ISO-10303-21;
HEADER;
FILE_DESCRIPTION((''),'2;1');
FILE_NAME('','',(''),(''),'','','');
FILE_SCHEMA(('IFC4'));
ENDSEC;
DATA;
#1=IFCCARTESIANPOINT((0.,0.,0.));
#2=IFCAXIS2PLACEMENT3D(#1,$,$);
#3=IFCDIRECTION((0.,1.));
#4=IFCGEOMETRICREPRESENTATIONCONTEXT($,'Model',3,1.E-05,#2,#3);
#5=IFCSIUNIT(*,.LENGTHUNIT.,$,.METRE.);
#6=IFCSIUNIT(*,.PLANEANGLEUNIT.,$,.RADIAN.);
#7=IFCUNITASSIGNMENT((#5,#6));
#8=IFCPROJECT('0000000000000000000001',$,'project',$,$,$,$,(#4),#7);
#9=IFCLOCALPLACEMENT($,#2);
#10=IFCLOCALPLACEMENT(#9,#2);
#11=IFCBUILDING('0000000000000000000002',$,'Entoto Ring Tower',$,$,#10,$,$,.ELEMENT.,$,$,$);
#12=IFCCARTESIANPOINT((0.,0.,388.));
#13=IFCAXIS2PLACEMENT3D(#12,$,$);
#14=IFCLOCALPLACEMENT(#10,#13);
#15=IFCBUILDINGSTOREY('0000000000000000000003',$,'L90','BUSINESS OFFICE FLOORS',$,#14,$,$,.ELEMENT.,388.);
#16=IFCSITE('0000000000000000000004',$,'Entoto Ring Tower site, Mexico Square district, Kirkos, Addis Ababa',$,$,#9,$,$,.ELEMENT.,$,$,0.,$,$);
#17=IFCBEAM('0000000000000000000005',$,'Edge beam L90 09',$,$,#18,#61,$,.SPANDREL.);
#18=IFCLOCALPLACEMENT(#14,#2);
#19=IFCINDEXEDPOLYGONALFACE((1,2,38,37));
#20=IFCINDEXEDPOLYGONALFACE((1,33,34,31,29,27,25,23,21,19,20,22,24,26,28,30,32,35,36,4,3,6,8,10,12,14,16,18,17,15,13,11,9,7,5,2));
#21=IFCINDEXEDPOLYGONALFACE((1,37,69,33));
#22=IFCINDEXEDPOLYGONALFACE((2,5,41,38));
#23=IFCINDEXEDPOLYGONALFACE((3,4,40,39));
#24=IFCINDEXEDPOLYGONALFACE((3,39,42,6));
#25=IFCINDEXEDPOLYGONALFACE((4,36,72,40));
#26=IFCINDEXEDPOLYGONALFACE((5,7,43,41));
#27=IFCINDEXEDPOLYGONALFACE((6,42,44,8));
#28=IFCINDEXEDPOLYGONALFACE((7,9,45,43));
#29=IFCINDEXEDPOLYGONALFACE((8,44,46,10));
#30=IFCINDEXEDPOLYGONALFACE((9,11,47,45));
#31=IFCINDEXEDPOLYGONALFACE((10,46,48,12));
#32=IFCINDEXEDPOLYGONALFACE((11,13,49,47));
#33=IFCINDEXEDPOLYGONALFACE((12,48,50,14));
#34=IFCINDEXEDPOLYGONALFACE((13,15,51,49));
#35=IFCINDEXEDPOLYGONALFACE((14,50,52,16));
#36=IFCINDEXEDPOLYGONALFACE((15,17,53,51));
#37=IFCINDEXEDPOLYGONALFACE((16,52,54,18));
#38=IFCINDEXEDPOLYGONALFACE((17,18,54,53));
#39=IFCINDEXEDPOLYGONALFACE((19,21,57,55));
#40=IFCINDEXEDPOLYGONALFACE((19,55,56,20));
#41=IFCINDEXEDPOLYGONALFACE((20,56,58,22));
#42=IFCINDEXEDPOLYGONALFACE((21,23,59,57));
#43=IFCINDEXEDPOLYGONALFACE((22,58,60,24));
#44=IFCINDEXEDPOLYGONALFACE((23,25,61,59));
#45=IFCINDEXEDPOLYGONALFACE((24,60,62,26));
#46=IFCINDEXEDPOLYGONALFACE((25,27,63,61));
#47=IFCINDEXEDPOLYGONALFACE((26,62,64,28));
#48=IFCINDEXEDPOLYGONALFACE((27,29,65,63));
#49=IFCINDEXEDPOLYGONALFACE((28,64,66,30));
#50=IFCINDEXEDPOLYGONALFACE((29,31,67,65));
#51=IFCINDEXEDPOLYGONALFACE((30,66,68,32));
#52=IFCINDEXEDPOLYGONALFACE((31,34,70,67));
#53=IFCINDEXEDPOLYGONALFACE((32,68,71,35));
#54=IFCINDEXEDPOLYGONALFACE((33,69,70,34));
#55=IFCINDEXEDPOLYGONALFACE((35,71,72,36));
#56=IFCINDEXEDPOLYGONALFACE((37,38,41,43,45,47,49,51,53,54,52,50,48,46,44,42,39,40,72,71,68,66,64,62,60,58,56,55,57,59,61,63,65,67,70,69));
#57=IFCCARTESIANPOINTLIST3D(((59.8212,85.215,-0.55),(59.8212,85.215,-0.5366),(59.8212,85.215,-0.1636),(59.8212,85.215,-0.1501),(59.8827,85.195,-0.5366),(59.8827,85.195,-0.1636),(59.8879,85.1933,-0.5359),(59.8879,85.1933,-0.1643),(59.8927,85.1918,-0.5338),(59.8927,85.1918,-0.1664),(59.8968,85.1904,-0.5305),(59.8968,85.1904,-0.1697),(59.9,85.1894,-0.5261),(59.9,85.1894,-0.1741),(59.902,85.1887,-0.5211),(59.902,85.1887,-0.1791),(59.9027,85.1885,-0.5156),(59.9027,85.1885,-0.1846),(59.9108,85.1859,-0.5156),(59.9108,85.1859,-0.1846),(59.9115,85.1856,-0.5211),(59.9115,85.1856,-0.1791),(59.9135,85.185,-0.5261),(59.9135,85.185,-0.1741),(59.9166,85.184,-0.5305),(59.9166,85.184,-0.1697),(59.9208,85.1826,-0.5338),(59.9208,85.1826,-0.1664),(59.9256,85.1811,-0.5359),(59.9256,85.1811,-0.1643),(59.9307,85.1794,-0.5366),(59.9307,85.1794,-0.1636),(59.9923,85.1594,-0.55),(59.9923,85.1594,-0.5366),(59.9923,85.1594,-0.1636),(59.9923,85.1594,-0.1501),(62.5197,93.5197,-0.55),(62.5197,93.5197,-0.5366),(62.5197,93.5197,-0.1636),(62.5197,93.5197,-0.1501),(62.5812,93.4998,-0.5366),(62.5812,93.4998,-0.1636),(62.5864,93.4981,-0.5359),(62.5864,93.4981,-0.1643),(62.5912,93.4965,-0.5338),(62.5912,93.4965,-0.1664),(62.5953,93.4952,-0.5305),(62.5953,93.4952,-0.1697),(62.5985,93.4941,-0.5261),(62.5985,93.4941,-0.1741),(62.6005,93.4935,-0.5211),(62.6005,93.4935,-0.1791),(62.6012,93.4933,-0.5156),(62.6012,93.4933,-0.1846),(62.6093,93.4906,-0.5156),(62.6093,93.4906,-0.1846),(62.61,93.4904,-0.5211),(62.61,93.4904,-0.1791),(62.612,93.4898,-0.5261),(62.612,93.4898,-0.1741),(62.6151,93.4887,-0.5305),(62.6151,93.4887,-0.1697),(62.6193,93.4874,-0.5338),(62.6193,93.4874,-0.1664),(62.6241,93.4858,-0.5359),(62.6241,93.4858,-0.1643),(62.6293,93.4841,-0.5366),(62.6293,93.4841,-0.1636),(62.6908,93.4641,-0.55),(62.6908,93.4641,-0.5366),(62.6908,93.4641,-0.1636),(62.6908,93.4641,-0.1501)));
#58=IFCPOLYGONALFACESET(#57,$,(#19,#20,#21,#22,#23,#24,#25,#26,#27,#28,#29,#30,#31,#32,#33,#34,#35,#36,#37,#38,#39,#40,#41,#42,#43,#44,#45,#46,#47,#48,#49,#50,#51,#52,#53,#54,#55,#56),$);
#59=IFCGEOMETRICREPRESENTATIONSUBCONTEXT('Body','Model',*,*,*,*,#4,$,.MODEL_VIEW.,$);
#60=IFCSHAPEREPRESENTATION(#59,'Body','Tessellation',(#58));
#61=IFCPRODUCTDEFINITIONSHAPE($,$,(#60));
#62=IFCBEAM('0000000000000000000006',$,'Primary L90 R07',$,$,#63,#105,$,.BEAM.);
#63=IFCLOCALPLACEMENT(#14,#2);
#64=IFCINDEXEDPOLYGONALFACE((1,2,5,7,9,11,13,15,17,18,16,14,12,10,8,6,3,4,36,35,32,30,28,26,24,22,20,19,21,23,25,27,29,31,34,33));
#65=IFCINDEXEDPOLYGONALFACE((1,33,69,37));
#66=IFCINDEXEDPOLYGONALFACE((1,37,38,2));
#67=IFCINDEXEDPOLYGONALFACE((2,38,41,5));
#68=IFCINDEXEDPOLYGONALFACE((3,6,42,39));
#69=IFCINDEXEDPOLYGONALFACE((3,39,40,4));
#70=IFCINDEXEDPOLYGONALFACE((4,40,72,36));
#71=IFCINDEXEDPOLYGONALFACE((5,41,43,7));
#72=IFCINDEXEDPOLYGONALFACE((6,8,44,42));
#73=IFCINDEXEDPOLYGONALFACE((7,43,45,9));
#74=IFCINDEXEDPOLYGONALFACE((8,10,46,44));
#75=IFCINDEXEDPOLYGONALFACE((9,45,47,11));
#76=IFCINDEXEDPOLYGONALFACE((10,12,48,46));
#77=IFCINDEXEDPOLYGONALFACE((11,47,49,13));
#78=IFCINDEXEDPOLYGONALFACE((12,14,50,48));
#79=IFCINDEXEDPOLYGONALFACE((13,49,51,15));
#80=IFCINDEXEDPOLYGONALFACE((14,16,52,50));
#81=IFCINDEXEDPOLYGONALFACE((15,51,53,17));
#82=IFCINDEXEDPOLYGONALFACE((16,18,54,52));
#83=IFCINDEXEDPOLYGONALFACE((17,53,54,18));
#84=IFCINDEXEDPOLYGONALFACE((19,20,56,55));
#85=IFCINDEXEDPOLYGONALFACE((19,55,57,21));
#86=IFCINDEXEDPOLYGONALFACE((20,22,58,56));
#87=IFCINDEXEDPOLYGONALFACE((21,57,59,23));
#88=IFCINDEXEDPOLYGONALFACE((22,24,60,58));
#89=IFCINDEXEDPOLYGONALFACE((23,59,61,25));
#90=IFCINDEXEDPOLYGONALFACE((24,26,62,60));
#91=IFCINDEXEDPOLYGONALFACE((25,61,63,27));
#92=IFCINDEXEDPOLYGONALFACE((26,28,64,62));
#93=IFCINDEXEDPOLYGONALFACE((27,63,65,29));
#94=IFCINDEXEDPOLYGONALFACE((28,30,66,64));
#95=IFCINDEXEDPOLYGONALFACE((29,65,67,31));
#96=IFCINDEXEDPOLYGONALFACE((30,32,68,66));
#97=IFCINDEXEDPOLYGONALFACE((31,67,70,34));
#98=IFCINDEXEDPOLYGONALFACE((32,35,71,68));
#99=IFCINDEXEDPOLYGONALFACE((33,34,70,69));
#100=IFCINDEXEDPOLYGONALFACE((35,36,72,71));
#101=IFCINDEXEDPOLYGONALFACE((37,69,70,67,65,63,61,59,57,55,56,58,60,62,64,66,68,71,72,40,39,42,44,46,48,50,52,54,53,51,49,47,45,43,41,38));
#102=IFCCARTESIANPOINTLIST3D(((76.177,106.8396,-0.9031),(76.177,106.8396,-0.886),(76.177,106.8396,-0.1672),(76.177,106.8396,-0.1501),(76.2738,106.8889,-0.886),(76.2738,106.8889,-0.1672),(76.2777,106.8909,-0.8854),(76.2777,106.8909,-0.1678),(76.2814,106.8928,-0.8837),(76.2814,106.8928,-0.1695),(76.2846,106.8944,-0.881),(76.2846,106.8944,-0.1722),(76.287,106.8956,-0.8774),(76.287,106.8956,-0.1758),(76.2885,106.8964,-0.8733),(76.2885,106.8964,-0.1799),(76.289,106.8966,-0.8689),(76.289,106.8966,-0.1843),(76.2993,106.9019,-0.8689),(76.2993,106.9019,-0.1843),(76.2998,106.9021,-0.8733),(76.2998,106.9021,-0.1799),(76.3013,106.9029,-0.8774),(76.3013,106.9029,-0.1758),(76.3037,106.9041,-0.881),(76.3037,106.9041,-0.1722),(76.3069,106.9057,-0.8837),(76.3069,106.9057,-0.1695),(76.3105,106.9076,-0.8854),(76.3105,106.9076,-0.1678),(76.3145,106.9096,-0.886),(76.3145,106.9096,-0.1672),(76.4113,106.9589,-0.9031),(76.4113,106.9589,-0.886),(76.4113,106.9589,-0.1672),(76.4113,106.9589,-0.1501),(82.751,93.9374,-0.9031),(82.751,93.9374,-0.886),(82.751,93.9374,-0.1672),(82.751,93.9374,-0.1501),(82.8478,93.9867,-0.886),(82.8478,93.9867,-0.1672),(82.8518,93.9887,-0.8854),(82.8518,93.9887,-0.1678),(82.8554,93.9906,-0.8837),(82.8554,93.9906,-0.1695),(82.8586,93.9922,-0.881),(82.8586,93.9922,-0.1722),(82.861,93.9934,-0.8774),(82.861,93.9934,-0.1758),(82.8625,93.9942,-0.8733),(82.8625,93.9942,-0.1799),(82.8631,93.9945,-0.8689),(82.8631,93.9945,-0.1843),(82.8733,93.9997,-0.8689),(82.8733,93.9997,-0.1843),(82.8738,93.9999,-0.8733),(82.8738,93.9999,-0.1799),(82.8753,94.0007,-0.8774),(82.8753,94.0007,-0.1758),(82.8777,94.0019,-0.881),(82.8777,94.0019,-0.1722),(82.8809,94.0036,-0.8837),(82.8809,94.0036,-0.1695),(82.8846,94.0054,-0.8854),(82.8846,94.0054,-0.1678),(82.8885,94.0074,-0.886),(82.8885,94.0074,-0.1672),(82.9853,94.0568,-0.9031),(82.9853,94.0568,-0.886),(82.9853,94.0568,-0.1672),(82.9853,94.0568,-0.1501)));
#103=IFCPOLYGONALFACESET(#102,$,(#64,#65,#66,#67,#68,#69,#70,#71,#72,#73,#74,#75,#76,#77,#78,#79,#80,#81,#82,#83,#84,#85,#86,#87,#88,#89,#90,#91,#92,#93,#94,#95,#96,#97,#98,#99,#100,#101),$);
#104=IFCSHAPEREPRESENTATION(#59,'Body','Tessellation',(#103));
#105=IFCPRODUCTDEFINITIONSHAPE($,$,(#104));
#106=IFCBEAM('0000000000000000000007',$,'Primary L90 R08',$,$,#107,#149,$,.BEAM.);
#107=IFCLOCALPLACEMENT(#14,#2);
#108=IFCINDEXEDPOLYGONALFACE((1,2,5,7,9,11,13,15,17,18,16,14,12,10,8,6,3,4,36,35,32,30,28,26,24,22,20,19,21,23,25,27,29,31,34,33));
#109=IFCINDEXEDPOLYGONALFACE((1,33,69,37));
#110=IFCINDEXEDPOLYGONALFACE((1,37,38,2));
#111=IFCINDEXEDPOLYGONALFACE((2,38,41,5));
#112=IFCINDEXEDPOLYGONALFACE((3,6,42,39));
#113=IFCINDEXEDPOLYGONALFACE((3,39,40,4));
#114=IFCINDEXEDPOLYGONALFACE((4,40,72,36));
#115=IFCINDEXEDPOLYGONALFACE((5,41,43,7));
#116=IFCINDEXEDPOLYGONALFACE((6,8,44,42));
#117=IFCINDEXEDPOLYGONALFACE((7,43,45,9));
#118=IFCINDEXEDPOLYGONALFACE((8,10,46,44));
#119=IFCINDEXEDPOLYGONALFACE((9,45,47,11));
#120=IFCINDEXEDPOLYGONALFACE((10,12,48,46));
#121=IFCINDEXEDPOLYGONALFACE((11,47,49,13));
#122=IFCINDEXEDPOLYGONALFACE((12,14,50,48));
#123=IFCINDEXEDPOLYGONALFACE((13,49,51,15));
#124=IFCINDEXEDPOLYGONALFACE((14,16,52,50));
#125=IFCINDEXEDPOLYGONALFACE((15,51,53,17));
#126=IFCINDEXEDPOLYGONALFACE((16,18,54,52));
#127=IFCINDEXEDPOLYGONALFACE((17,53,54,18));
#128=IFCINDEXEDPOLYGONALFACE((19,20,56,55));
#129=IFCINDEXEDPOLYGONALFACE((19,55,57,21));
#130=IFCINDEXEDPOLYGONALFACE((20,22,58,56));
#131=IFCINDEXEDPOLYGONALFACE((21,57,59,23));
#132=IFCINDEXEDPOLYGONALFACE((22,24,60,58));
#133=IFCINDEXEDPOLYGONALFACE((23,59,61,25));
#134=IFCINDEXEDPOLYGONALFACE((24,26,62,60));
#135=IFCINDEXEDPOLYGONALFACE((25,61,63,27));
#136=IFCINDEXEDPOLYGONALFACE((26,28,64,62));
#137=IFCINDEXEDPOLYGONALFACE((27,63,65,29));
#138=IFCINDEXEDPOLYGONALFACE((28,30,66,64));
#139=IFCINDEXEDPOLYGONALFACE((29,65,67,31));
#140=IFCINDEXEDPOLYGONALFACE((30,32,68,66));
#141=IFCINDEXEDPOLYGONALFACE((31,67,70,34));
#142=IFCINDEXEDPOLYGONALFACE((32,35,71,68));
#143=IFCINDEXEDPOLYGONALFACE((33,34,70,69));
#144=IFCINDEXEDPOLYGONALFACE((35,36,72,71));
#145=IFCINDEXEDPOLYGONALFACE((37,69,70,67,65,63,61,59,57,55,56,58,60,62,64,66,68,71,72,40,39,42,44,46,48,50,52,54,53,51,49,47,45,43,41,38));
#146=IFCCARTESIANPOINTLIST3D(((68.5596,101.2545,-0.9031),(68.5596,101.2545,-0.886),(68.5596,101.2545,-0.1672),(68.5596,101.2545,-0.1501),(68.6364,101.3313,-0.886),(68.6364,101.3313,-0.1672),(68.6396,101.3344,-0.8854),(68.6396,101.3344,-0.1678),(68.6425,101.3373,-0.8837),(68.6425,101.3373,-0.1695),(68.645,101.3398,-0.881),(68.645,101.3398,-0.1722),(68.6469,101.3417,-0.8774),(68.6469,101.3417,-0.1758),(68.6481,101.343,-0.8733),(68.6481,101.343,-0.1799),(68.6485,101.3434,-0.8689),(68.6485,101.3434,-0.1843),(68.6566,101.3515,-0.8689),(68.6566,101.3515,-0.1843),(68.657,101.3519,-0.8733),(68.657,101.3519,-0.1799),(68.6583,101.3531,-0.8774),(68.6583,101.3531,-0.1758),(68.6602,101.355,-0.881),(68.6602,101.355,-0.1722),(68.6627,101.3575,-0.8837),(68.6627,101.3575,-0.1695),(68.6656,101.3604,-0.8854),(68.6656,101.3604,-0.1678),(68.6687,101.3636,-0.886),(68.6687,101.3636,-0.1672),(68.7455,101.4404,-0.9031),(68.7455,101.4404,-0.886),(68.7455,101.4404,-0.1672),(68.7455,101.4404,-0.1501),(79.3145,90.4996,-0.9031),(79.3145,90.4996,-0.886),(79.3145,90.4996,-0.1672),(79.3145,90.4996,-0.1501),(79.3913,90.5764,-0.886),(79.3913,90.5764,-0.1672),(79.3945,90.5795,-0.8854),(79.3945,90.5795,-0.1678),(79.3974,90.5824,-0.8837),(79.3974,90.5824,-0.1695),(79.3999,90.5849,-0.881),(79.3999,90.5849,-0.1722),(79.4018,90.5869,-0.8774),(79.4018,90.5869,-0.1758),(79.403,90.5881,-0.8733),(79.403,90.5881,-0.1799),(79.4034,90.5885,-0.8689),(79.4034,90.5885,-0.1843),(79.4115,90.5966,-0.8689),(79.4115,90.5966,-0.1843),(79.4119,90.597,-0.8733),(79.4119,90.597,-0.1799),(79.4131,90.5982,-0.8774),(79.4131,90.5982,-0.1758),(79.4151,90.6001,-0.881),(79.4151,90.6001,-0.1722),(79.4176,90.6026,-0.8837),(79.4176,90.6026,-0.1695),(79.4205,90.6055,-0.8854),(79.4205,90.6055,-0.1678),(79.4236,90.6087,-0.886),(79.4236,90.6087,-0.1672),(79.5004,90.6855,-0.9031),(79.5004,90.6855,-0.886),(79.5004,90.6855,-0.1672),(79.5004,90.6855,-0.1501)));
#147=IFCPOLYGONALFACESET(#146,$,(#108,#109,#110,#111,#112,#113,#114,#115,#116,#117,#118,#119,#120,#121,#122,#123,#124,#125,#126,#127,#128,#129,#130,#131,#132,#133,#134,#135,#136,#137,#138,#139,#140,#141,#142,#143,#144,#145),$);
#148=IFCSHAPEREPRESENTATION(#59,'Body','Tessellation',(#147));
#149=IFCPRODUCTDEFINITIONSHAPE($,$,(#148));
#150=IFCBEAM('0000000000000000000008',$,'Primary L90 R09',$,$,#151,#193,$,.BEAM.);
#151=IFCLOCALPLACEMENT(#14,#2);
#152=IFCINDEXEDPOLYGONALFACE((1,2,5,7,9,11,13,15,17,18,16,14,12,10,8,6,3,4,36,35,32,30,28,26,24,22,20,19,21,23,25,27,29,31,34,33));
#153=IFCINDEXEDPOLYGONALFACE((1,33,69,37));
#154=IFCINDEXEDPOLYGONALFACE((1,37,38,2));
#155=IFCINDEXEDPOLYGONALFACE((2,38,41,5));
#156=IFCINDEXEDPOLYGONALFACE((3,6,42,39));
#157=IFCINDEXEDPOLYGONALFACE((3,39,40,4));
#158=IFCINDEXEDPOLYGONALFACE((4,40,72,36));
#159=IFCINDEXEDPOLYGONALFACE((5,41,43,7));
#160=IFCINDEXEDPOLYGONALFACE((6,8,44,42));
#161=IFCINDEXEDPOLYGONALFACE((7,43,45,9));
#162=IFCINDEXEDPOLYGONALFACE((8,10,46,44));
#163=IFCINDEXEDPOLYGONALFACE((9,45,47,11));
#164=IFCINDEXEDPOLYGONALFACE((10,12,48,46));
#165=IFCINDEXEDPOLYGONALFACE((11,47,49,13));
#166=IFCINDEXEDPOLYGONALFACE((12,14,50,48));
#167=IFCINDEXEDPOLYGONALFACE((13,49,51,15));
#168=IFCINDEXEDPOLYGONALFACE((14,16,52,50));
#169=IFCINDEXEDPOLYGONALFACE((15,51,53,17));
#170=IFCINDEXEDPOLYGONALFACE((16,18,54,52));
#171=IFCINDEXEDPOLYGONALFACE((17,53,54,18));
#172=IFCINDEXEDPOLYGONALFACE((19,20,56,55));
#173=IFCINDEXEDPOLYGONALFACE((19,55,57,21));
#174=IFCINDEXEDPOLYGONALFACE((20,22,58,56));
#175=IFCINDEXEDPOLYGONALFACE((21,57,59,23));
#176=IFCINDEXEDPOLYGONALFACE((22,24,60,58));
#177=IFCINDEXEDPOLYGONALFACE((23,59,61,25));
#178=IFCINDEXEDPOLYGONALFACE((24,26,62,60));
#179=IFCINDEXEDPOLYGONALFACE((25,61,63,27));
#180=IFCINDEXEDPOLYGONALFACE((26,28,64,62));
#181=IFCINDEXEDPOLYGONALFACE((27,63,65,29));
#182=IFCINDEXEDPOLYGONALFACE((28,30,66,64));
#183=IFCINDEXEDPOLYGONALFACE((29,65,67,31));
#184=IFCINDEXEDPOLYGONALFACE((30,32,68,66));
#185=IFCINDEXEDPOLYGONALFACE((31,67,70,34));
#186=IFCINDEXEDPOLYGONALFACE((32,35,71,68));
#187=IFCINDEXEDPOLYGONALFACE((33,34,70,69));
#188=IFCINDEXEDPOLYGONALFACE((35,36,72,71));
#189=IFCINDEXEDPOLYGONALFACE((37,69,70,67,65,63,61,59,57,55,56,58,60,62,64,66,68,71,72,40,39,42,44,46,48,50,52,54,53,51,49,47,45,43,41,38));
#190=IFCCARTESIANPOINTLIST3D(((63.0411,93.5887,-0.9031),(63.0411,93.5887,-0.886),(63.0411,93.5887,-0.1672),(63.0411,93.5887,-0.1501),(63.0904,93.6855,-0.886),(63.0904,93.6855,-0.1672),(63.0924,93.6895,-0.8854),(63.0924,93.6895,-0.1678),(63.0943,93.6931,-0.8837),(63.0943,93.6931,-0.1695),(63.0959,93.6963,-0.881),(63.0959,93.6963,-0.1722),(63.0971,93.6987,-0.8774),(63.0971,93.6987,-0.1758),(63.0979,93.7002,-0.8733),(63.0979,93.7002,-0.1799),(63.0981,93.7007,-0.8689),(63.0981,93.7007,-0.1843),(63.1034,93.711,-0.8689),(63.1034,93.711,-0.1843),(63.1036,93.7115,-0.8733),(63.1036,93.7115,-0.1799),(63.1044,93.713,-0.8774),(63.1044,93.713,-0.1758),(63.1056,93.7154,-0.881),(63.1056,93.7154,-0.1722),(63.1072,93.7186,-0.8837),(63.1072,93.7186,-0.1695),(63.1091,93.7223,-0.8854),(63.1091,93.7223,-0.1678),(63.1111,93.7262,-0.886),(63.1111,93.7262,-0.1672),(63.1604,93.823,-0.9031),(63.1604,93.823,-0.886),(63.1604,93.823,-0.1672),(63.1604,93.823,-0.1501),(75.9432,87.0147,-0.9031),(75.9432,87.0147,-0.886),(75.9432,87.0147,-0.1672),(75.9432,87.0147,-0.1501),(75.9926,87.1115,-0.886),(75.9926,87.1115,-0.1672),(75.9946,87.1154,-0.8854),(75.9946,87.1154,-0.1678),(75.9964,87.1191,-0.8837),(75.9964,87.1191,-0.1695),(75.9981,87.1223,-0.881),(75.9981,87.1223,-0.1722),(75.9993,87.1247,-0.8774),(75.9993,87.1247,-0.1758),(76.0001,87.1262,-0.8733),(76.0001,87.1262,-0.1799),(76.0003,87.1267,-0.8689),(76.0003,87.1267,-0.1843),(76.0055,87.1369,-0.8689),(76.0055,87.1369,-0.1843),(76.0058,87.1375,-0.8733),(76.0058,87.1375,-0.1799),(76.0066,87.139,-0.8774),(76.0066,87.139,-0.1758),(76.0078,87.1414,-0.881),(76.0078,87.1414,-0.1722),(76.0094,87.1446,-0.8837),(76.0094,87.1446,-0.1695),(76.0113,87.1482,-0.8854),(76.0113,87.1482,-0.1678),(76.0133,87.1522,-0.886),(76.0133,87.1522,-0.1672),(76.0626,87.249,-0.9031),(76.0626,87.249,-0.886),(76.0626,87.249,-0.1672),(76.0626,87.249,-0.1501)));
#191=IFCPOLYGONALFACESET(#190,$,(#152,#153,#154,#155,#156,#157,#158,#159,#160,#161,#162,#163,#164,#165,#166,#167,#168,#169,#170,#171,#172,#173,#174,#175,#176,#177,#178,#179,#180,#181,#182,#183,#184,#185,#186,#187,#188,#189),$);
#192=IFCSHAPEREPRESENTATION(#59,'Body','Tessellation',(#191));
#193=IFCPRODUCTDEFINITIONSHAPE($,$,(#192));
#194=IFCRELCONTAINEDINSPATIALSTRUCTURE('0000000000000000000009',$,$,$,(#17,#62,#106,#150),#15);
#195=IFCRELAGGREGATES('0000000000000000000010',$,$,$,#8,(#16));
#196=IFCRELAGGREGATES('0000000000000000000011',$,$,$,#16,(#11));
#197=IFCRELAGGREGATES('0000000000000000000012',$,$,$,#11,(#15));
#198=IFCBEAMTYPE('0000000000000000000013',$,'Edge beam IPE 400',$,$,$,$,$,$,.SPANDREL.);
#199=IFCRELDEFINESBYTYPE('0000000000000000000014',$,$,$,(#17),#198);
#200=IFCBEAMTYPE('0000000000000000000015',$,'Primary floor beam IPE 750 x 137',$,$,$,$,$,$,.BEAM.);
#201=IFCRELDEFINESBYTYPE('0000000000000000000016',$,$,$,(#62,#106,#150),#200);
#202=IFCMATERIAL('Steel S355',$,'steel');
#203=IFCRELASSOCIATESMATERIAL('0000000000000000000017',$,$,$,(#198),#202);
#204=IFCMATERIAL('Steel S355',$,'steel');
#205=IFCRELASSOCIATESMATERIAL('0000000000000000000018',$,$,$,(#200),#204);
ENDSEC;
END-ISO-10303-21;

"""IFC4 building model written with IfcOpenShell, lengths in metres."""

from ifc_helpers import new_model, si_unit, direction, frame, origin, origin_2d, place, context, subcontext, project, spatial, i_section, extrude, material, material_profile, profile_set, type_object, element, save


model = new_model("IFC4")

# Units and contexts
model_context = context("Model", 3, precision=1e-05, world=origin(), true_north=direction((0.0, 1.0)))
body_context = subcontext(model_context, "Body", "Model", "MODEL_VIEW")
ifc_project = project(units=[si_unit("LENGTHUNIT", "METRE"), si_unit("PLANEANGLEUNIT", "RADIAN")], contexts=[model_context])

# Site, building, storey
site_placement = place(None, origin())
site = spatial("IfcSite", under=ifc_project, at=site_placement, Name="Entoto Ring Tower site, Mexico Square district, Kirkos, Addis Ababa", CompositionType="ELEMENT", RefElevation=0.0)
building_placement = place(site_placement, origin())
building = spatial("IfcBuilding", under=site, at=building_placement, Name="Entoto Ring Tower", CompositionType="ELEMENT")
storey_placement = place(building_placement, frame((0.0, 0.0, 388.0)))
storey = spatial("IfcBuildingStorey", under=building, at=storey_placement, Name="L90", Description="BUSINESS OFFICE FLOORS", CompositionType="ELEMENT", Elevation=388.0)

# Beams
ifc_material_1 = material(Name="Steel S355", Category="steel")
ifc_material_profile_1 = material_profile(ifc_material_1, i_section(OverallWidth=0.1799, OverallDepth=0.3999, WebThickness=0.0085, FlangeThickness=0.0134, FilletRadius=0.021, at=origin_2d()), Name="IPE 400")
ifc_profile_set_1 = profile_set([ifc_material_profile_1], Name="Steel S355")
beam_type_1 = type_object("IfcBeamType", Name="Edge beam IPE 400", PredefinedType="SPANDREL", material=ifc_profile_set_1)
beam_1_placement = place(storey_placement, frame((62.6052, 93.4919, -0.3501), z_axis=(-0.30903, -0.951052, 0.0), x_axis=(0.951052, -0.30903, 0.0)))
element("IfcBeam", 1, at=beam_1_placement, inside=storey, type_object=beam_type_1, Name="Edge beam L90 09", PredefinedType="SPANDREL", context=body_context, shape_type="SweptSolid", body=[
    extrude(i_section(OverallWidth=0.1799, OverallDepth=0.3999, WebThickness=0.0085, FlangeThickness=0.0134, FilletRadius=0.021, at=origin_2d()), origin(), (0.0, 0.0, 1.0), 8.7322),
])
ifc_material_2 = material(Name="Steel S355", Category="steel")
ifc_material_profile_2 = material_profile(ifc_material_2, i_section(OverallWidth=0.2629, OverallDepth=0.7529, WebThickness=0.0115, FlangeThickness=0.0171, FilletRadius=0.0171, at=origin_2d()), Name="IPE 750 x 137")
ifc_profile_set_2 = profile_set([ifc_material_profile_2], Name="Steel S355")
beam_type_2 = type_object("IfcBeamType", Name="Primary floor beam IPE 750 x 137", PredefinedType="BEAM", material=ifc_profile_set_2)
beam_2_placement = place(storey_placement, frame((82.8682, 93.9971, -0.5266), z_axis=(-0.453992, 0.891006, 0.0), x_axis=(-0.891006, -0.453992, 0.0)))
element("IfcBeam", 2, at=beam_2_placement, inside=storey, type_object=beam_type_2, Name="Primary L90 R07", PredefinedType="BEAM", context=body_context, shape_type="SweptSolid", body=[
    extrude(i_section(OverallWidth=0.2629, OverallDepth=0.7529, WebThickness=0.0115, FlangeThickness=0.0171, FilletRadius=0.0171, at=origin_2d()), origin(), (0.0, 0.0, 1.0), 14.4805),
])
beam_3_placement = place(storey_placement, frame((79.4075, 90.5925, -0.5266), z_axis=(-0.707107, 0.707107, 0.0), x_axis=(-0.707107, -0.707107, 0.0)))
element("IfcBeam", 3, at=beam_3_placement, inside=storey, type_object=beam_type_2, Name="Primary L90 R08", PredefinedType="BEAM", context=body_context, shape_type="SweptSolid", body=[
    extrude(i_section(OverallWidth=0.2629, OverallDepth=0.7529, WebThickness=0.0115, FlangeThickness=0.0171, FilletRadius=0.0171, at=origin_2d()), origin(), (0.0, 0.0, 1.0), 15.2097),
])
beam_4_placement = place(storey_placement, frame((76.0029, 87.1318, -0.5266), z_axis=(-0.891006, 0.453992, 0.0), x_axis=(-0.453992, -0.891006, 0.0)))
element("IfcBeam", 4, at=beam_4_placement, inside=storey, type_object=beam_type_2, Name="Primary L90 R09", PredefinedType="BEAM", context=body_context, shape_type="SweptSolid", body=[
    extrude(i_section(OverallWidth=0.2629, OverallDepth=0.7529, WebThickness=0.0115, FlangeThickness=0.0171, FilletRadius=0.0171, at=origin_2d()), origin(), (0.0, 0.0, 1.0), 14.4805),
])

save(model, "model.ifc")
